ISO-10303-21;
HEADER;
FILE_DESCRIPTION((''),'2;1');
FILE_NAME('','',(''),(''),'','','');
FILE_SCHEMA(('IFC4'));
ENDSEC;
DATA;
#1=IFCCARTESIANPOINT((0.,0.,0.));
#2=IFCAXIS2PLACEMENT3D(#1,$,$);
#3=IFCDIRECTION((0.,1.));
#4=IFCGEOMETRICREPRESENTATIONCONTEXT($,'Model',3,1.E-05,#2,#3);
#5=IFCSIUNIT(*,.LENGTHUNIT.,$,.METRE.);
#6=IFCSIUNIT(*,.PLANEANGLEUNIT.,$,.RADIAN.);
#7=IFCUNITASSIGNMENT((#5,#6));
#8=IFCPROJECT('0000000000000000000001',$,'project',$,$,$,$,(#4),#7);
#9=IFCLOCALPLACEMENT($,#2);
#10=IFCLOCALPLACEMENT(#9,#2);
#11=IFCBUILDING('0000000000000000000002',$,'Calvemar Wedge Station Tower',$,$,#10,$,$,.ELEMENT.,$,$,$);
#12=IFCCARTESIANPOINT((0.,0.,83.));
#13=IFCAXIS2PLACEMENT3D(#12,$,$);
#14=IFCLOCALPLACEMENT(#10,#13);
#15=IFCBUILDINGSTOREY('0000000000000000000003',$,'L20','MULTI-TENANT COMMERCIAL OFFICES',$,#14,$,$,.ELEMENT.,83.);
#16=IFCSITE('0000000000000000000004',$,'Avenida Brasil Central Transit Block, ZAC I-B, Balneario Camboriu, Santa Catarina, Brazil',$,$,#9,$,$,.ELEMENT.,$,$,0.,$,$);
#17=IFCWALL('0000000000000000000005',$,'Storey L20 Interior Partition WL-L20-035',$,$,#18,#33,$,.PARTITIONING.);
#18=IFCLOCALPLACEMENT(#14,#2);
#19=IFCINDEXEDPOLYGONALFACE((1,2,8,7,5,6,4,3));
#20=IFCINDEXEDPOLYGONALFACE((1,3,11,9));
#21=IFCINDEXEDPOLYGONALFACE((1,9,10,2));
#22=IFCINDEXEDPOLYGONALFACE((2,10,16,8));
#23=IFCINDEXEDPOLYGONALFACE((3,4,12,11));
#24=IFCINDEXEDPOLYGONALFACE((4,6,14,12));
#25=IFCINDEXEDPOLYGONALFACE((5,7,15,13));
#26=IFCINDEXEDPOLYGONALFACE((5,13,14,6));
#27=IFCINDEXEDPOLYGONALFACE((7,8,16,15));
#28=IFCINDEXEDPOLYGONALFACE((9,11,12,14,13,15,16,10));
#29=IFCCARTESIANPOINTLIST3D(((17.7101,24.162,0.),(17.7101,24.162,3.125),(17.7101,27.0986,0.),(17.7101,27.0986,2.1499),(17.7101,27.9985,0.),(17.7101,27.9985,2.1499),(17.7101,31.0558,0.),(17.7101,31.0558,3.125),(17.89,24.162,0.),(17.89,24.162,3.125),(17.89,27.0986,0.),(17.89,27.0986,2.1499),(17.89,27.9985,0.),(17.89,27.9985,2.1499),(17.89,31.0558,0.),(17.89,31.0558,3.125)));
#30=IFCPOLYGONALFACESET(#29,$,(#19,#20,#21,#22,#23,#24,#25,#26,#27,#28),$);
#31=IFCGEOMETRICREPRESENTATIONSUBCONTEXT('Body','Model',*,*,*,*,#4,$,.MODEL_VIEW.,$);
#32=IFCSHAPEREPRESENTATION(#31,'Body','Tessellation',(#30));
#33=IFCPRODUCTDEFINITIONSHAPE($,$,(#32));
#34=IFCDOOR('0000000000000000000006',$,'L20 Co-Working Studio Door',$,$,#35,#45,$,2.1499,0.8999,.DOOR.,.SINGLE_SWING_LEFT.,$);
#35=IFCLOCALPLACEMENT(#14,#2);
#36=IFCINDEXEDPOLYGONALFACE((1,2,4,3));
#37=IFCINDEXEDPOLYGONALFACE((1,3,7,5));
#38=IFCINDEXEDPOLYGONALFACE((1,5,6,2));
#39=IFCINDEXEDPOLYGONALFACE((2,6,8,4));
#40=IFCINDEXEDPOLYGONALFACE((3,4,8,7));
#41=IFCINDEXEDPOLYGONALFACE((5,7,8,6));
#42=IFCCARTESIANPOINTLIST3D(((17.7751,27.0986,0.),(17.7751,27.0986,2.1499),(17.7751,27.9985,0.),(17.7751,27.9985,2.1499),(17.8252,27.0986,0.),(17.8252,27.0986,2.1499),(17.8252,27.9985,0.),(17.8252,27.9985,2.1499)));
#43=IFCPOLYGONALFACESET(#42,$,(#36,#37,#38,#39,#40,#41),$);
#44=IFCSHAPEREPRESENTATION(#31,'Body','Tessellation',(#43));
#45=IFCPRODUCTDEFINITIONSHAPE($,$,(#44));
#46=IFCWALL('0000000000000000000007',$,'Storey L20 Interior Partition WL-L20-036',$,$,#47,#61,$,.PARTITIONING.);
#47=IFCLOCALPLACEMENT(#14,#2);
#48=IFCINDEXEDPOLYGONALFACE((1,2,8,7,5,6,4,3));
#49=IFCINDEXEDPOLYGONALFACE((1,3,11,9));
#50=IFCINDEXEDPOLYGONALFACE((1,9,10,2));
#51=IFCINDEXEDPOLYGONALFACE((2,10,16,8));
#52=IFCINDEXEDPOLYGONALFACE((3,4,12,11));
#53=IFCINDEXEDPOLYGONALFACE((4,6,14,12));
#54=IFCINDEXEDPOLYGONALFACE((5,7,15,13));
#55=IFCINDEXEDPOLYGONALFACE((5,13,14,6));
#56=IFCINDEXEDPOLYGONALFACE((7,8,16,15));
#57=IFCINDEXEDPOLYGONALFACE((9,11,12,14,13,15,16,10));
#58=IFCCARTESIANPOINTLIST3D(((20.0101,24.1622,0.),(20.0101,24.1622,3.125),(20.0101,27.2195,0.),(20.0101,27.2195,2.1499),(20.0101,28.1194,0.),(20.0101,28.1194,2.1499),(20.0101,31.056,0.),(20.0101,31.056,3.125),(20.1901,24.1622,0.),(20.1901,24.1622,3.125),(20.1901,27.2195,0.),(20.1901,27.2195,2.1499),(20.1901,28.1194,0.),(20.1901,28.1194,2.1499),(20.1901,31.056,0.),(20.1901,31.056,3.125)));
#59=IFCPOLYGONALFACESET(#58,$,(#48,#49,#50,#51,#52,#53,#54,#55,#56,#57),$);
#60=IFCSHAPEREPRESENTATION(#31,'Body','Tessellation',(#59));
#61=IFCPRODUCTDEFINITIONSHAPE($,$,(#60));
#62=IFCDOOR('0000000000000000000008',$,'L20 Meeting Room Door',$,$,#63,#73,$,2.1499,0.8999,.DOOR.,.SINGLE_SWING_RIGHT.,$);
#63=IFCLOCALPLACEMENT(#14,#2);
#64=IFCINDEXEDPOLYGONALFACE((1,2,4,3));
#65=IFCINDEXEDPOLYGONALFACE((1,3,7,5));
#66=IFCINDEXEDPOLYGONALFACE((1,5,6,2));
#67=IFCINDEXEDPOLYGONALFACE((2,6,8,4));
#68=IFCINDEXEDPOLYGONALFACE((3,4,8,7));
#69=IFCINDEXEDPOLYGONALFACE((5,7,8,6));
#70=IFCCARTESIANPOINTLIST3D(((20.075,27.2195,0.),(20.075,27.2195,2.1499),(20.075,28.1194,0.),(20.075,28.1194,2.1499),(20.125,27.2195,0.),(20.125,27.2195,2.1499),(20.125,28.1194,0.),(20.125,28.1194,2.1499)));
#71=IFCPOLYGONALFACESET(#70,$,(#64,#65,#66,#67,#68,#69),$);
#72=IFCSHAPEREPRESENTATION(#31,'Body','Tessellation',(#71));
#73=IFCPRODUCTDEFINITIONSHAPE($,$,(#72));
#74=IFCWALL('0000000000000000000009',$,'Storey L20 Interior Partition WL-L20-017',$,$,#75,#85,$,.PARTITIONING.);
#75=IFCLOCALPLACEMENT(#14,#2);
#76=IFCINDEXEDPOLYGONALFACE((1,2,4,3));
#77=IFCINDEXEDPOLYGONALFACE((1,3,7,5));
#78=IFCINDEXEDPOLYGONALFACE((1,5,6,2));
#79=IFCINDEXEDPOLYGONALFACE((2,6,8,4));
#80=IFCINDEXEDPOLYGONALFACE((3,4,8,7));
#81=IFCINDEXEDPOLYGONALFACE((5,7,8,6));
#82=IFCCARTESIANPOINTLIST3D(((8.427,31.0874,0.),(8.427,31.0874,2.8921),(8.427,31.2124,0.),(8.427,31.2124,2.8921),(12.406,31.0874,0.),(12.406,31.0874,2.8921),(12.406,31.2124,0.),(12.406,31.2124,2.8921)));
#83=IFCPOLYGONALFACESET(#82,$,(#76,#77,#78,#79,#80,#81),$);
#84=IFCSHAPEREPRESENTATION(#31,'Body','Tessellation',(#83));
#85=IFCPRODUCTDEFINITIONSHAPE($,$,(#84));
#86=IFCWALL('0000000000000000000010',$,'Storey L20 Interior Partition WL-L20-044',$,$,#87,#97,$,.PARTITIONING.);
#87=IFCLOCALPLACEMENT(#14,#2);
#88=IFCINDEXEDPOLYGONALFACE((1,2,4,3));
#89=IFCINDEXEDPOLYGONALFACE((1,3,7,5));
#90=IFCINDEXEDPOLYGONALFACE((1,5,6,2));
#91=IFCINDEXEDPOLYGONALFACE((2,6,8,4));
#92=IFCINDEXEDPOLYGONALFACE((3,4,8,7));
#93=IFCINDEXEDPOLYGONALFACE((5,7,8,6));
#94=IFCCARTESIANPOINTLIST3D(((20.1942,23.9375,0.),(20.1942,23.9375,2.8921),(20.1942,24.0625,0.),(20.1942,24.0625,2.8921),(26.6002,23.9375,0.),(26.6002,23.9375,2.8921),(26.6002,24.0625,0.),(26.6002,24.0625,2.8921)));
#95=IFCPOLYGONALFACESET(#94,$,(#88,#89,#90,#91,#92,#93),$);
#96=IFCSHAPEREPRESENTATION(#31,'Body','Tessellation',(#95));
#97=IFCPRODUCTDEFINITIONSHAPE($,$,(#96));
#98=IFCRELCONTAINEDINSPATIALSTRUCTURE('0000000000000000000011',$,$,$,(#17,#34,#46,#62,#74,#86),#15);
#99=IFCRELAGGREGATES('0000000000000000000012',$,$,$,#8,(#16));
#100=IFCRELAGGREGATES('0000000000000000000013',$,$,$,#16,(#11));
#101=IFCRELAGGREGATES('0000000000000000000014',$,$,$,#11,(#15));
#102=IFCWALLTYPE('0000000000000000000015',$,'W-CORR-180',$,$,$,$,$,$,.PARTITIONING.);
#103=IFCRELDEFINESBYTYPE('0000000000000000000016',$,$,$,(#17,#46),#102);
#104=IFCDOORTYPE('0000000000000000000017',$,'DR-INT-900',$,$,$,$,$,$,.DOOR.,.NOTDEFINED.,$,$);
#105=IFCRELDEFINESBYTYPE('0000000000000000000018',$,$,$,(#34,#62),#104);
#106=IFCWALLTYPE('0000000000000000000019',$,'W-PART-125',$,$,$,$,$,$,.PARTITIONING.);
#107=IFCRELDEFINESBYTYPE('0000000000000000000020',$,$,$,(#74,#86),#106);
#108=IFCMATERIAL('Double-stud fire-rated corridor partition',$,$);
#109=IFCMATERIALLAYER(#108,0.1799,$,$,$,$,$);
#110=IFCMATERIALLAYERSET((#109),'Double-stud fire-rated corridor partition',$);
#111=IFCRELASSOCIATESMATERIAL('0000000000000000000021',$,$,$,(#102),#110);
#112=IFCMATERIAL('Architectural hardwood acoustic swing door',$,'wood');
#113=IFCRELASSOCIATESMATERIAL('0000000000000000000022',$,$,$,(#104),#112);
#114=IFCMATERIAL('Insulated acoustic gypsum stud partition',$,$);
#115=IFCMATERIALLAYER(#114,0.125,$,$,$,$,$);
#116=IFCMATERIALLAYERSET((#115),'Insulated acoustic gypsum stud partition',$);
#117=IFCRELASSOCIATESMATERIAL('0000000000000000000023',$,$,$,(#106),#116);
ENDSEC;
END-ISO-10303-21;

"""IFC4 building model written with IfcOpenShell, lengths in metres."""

from ifc_helpers import new_model, si_unit, direction, frame, frame_2d, origin, place, context, subcontext, project, spatial, rectangle, extrude, source, transform, mapped, material, layer, layer_set, type_object, element, fill, save


model = new_model("IFC4")

# Units and contexts
model_context = context("Model", 3, precision=1e-05, world=origin(), true_north=direction((0.0, 1.0)))
body_context = subcontext(model_context, "Body", "Model", "MODEL_VIEW")
ifc_project = project(units=[si_unit("LENGTHUNIT", "METRE"), si_unit("PLANEANGLEUNIT", "RADIAN")], contexts=[model_context])

# Site, building, storey
site_placement = place(None, origin())
site = spatial("IfcSite", under=ifc_project, at=site_placement, Name="Avenida Brasil Central Transit Block, ZAC I-B, Balneario Camboriu, Santa Catarina, Brazil", CompositionType="ELEMENT", RefElevation=0.0)
building_placement = place(site_placement, origin())
building = spatial("IfcBuilding", under=site, at=building_placement, Name="Calvemar Wedge Station Tower", CompositionType="ELEMENT")
storey_placement = place(building_placement, frame((0.0, 0.0, 83.0)))
storey = spatial("IfcBuildingStorey", under=building, at=storey_placement, Name="L20", Description="MULTI-TENANT COMMERCIAL OFFICES", CompositionType="ELEMENT", Elevation=83.0)

# Shared definitions
ifc_material_1 = material(Name="Double-stud fire-rated corridor partition")
ifc_layer_1 = layer(ifc_material_1, 0.1799)
ifc_layer_set_1 = layer_set([ifc_layer_1], Name="Double-stud fire-rated corridor partition")
wall_type_1 = type_object("IfcWallType", Name="W-CORR-180", PredefinedType="PARTITIONING", material=ifc_layer_set_1)

# Walls, openings, doors
shared_shape_1 = source(origin(), body_context, "Body", "SweptSolid", [
    extrude(rectangle(XDim=0.8999, YDim=2.1499, at=frame_2d((0.45, 1.075))), frame((0.0, 0.1001, 0.0), z_axis=(0.0, -1.0, 0.0), x_axis=(1.0, 0.0, 0.0)), (0.0, 0.0, 1.0), 0.2),
])
ifc_material_2 = material(Name="Architectural hardwood acoustic swing door", Category="wood")
door_type = type_object("IfcDoorType", Name="DR-INT-900", OperationType="NOTDEFINED", PredefinedType="DOOR", material=ifc_material_2)
shared_shape_2 = source(origin(), body_context, "Body", "SweptSolid", [
    extrude(rectangle(XDim=0.8999, YDim=2.1499, at=frame_2d((0.45, 1.075))), frame((0.0, 0.0249, 0.0), z_axis=(0.0, -1.0, 0.0), x_axis=(1.0, 0.0, 0.0)), (0.0, 0.0, 1.0), 0.05),
])
wall_1_placement = place(storey_placement, frame((17.8, 24.1621, 0.0), z_axis=(0.0, 0.0, 1.0), x_axis=(0.0, 1.0, 0.0)))
wall_1 = element("IfcWall", 1, at=wall_1_placement, inside=storey, type_object=wall_type_1, Name="Storey L20 Interior Partition WL-L20-035", PredefinedType="PARTITIONING", context=body_context, shape_type="SweptSolid", body=[
    extrude(rectangle(XDim=6.8938, YDim=0.1799, at=frame_2d((3.4468, 0.0))), origin(), (0.0, 0.0, 1.0), 3.125),
])
opening_1_placement = place(wall_1_placement, frame((2.9365, 0.0, 0.0)))
opening_1 = element("IfcOpeningElement", 2, at=opening_1_placement, cuts=wall_1, PredefinedType="OPENING", context=body_context, shape_type="MappedRepresentation", body=[
    mapped(shared_shape_1, transform((0.0, 0.0, 0.0), scale=1.0)),
])
door_1_placement = place(opening_1_placement, origin())
door_1 = element("IfcDoor", 3, at=door_1_placement, inside=storey, type_object=door_type, Name="L20 Co-Working Studio Door", OperationType="SINGLE_SWING_LEFT", OverallHeight=2.1499, OverallWidth=0.8999, PredefinedType="DOOR", context=body_context, shape_type="MappedRepresentation", body=[
    mapped(shared_shape_2, transform((0.0, 0.0, 0.0), scale=1.0)),
])
fill(opening_1, door_1)
wall_2_placement = place(storey_placement, frame((20.1001, 31.0559, 0.0), z_axis=(0.0, 0.0, 1.0), x_axis=(0.0, -1.0, 0.0)))
wall_2 = element("IfcWall", 4, at=wall_2_placement, inside=storey, type_object=wall_type_1, Name="Storey L20 Interior Partition WL-L20-036", PredefinedType="PARTITIONING", context=body_context, shape_type="SweptSolid", body=[
    extrude(rectangle(XDim=6.8938, YDim=0.1799, at=frame_2d((3.4468, 0.0))), origin(), (0.0, 0.0, 1.0), 3.125),
])
opening_2_placement = place(wall_2_placement, frame((2.9365, 0.0, 0.0)))
opening_2 = element("IfcOpeningElement", 5, at=opening_2_placement, cuts=wall_2, PredefinedType="OPENING", context=body_context, shape_type="MappedRepresentation", body=[
    mapped(shared_shape_1, transform((0.0, 0.0, 0.0), scale=1.0)),
])
door_2_placement = place(opening_2_placement, origin())
door_2 = element("IfcDoor", 6, at=door_2_placement, inside=storey, type_object=door_type, Name="L20 Meeting Room Door", OperationType="SINGLE_SWING_RIGHT", OverallHeight=2.1499, OverallWidth=0.8999, PredefinedType="DOOR", context=body_context, shape_type="MappedRepresentation", body=[
    mapped(shared_shape_2, transform((0.0, 0.0, 0.0), scale=1.0)),
])
fill(opening_2, door_2)

# Walls
ifc_material_3 = material(Name="Insulated acoustic gypsum stud partition")
ifc_layer_2 = layer(ifc_material_3, 0.125)
ifc_layer_set_2 = layer_set([ifc_layer_2], Name="Insulated acoustic gypsum stud partition")
wall_type_2 = type_object("IfcWallType", Name="W-PART-125", PredefinedType="PARTITIONING", material=ifc_layer_set_2)
wall_3_placement = place(storey_placement, frame((12.406, 31.1499, 0.0), z_axis=(0.0, 0.0, 1.0), x_axis=(-1.0, 0.0, 0.0)))
element("IfcWall", 7, at=wall_3_placement, inside=storey, type_object=wall_type_2, Name="Storey L20 Interior Partition WL-L20-017", PredefinedType="PARTITIONING", context=body_context, shape_type="SweptSolid", body=[
    extrude(rectangle(XDim=3.979, YDim=0.125, at=frame_2d((1.9895, 0.0))), origin(), (0.0, 0.0, 1.0), 2.8921),
])
wall_4_placement = place(storey_placement, frame((20.1941, 24.0, 0.0), z_axis=(0.0, 0.0, 1.0), x_axis=(1.0, 0.0, 0.0)))
element("IfcWall", 8, at=wall_4_placement, inside=storey, type_object=wall_type_2, Name="Storey L20 Interior Partition WL-L20-044", PredefinedType="PARTITIONING", context=body_context, shape_type="SweptSolid", body=[
    extrude(rectangle(XDim=6.406, YDim=0.125, at=frame_2d((3.2031, 0.0))), origin(), (0.0, 0.0, 1.0), 2.8921),
])

save(model, "model.ifc")
